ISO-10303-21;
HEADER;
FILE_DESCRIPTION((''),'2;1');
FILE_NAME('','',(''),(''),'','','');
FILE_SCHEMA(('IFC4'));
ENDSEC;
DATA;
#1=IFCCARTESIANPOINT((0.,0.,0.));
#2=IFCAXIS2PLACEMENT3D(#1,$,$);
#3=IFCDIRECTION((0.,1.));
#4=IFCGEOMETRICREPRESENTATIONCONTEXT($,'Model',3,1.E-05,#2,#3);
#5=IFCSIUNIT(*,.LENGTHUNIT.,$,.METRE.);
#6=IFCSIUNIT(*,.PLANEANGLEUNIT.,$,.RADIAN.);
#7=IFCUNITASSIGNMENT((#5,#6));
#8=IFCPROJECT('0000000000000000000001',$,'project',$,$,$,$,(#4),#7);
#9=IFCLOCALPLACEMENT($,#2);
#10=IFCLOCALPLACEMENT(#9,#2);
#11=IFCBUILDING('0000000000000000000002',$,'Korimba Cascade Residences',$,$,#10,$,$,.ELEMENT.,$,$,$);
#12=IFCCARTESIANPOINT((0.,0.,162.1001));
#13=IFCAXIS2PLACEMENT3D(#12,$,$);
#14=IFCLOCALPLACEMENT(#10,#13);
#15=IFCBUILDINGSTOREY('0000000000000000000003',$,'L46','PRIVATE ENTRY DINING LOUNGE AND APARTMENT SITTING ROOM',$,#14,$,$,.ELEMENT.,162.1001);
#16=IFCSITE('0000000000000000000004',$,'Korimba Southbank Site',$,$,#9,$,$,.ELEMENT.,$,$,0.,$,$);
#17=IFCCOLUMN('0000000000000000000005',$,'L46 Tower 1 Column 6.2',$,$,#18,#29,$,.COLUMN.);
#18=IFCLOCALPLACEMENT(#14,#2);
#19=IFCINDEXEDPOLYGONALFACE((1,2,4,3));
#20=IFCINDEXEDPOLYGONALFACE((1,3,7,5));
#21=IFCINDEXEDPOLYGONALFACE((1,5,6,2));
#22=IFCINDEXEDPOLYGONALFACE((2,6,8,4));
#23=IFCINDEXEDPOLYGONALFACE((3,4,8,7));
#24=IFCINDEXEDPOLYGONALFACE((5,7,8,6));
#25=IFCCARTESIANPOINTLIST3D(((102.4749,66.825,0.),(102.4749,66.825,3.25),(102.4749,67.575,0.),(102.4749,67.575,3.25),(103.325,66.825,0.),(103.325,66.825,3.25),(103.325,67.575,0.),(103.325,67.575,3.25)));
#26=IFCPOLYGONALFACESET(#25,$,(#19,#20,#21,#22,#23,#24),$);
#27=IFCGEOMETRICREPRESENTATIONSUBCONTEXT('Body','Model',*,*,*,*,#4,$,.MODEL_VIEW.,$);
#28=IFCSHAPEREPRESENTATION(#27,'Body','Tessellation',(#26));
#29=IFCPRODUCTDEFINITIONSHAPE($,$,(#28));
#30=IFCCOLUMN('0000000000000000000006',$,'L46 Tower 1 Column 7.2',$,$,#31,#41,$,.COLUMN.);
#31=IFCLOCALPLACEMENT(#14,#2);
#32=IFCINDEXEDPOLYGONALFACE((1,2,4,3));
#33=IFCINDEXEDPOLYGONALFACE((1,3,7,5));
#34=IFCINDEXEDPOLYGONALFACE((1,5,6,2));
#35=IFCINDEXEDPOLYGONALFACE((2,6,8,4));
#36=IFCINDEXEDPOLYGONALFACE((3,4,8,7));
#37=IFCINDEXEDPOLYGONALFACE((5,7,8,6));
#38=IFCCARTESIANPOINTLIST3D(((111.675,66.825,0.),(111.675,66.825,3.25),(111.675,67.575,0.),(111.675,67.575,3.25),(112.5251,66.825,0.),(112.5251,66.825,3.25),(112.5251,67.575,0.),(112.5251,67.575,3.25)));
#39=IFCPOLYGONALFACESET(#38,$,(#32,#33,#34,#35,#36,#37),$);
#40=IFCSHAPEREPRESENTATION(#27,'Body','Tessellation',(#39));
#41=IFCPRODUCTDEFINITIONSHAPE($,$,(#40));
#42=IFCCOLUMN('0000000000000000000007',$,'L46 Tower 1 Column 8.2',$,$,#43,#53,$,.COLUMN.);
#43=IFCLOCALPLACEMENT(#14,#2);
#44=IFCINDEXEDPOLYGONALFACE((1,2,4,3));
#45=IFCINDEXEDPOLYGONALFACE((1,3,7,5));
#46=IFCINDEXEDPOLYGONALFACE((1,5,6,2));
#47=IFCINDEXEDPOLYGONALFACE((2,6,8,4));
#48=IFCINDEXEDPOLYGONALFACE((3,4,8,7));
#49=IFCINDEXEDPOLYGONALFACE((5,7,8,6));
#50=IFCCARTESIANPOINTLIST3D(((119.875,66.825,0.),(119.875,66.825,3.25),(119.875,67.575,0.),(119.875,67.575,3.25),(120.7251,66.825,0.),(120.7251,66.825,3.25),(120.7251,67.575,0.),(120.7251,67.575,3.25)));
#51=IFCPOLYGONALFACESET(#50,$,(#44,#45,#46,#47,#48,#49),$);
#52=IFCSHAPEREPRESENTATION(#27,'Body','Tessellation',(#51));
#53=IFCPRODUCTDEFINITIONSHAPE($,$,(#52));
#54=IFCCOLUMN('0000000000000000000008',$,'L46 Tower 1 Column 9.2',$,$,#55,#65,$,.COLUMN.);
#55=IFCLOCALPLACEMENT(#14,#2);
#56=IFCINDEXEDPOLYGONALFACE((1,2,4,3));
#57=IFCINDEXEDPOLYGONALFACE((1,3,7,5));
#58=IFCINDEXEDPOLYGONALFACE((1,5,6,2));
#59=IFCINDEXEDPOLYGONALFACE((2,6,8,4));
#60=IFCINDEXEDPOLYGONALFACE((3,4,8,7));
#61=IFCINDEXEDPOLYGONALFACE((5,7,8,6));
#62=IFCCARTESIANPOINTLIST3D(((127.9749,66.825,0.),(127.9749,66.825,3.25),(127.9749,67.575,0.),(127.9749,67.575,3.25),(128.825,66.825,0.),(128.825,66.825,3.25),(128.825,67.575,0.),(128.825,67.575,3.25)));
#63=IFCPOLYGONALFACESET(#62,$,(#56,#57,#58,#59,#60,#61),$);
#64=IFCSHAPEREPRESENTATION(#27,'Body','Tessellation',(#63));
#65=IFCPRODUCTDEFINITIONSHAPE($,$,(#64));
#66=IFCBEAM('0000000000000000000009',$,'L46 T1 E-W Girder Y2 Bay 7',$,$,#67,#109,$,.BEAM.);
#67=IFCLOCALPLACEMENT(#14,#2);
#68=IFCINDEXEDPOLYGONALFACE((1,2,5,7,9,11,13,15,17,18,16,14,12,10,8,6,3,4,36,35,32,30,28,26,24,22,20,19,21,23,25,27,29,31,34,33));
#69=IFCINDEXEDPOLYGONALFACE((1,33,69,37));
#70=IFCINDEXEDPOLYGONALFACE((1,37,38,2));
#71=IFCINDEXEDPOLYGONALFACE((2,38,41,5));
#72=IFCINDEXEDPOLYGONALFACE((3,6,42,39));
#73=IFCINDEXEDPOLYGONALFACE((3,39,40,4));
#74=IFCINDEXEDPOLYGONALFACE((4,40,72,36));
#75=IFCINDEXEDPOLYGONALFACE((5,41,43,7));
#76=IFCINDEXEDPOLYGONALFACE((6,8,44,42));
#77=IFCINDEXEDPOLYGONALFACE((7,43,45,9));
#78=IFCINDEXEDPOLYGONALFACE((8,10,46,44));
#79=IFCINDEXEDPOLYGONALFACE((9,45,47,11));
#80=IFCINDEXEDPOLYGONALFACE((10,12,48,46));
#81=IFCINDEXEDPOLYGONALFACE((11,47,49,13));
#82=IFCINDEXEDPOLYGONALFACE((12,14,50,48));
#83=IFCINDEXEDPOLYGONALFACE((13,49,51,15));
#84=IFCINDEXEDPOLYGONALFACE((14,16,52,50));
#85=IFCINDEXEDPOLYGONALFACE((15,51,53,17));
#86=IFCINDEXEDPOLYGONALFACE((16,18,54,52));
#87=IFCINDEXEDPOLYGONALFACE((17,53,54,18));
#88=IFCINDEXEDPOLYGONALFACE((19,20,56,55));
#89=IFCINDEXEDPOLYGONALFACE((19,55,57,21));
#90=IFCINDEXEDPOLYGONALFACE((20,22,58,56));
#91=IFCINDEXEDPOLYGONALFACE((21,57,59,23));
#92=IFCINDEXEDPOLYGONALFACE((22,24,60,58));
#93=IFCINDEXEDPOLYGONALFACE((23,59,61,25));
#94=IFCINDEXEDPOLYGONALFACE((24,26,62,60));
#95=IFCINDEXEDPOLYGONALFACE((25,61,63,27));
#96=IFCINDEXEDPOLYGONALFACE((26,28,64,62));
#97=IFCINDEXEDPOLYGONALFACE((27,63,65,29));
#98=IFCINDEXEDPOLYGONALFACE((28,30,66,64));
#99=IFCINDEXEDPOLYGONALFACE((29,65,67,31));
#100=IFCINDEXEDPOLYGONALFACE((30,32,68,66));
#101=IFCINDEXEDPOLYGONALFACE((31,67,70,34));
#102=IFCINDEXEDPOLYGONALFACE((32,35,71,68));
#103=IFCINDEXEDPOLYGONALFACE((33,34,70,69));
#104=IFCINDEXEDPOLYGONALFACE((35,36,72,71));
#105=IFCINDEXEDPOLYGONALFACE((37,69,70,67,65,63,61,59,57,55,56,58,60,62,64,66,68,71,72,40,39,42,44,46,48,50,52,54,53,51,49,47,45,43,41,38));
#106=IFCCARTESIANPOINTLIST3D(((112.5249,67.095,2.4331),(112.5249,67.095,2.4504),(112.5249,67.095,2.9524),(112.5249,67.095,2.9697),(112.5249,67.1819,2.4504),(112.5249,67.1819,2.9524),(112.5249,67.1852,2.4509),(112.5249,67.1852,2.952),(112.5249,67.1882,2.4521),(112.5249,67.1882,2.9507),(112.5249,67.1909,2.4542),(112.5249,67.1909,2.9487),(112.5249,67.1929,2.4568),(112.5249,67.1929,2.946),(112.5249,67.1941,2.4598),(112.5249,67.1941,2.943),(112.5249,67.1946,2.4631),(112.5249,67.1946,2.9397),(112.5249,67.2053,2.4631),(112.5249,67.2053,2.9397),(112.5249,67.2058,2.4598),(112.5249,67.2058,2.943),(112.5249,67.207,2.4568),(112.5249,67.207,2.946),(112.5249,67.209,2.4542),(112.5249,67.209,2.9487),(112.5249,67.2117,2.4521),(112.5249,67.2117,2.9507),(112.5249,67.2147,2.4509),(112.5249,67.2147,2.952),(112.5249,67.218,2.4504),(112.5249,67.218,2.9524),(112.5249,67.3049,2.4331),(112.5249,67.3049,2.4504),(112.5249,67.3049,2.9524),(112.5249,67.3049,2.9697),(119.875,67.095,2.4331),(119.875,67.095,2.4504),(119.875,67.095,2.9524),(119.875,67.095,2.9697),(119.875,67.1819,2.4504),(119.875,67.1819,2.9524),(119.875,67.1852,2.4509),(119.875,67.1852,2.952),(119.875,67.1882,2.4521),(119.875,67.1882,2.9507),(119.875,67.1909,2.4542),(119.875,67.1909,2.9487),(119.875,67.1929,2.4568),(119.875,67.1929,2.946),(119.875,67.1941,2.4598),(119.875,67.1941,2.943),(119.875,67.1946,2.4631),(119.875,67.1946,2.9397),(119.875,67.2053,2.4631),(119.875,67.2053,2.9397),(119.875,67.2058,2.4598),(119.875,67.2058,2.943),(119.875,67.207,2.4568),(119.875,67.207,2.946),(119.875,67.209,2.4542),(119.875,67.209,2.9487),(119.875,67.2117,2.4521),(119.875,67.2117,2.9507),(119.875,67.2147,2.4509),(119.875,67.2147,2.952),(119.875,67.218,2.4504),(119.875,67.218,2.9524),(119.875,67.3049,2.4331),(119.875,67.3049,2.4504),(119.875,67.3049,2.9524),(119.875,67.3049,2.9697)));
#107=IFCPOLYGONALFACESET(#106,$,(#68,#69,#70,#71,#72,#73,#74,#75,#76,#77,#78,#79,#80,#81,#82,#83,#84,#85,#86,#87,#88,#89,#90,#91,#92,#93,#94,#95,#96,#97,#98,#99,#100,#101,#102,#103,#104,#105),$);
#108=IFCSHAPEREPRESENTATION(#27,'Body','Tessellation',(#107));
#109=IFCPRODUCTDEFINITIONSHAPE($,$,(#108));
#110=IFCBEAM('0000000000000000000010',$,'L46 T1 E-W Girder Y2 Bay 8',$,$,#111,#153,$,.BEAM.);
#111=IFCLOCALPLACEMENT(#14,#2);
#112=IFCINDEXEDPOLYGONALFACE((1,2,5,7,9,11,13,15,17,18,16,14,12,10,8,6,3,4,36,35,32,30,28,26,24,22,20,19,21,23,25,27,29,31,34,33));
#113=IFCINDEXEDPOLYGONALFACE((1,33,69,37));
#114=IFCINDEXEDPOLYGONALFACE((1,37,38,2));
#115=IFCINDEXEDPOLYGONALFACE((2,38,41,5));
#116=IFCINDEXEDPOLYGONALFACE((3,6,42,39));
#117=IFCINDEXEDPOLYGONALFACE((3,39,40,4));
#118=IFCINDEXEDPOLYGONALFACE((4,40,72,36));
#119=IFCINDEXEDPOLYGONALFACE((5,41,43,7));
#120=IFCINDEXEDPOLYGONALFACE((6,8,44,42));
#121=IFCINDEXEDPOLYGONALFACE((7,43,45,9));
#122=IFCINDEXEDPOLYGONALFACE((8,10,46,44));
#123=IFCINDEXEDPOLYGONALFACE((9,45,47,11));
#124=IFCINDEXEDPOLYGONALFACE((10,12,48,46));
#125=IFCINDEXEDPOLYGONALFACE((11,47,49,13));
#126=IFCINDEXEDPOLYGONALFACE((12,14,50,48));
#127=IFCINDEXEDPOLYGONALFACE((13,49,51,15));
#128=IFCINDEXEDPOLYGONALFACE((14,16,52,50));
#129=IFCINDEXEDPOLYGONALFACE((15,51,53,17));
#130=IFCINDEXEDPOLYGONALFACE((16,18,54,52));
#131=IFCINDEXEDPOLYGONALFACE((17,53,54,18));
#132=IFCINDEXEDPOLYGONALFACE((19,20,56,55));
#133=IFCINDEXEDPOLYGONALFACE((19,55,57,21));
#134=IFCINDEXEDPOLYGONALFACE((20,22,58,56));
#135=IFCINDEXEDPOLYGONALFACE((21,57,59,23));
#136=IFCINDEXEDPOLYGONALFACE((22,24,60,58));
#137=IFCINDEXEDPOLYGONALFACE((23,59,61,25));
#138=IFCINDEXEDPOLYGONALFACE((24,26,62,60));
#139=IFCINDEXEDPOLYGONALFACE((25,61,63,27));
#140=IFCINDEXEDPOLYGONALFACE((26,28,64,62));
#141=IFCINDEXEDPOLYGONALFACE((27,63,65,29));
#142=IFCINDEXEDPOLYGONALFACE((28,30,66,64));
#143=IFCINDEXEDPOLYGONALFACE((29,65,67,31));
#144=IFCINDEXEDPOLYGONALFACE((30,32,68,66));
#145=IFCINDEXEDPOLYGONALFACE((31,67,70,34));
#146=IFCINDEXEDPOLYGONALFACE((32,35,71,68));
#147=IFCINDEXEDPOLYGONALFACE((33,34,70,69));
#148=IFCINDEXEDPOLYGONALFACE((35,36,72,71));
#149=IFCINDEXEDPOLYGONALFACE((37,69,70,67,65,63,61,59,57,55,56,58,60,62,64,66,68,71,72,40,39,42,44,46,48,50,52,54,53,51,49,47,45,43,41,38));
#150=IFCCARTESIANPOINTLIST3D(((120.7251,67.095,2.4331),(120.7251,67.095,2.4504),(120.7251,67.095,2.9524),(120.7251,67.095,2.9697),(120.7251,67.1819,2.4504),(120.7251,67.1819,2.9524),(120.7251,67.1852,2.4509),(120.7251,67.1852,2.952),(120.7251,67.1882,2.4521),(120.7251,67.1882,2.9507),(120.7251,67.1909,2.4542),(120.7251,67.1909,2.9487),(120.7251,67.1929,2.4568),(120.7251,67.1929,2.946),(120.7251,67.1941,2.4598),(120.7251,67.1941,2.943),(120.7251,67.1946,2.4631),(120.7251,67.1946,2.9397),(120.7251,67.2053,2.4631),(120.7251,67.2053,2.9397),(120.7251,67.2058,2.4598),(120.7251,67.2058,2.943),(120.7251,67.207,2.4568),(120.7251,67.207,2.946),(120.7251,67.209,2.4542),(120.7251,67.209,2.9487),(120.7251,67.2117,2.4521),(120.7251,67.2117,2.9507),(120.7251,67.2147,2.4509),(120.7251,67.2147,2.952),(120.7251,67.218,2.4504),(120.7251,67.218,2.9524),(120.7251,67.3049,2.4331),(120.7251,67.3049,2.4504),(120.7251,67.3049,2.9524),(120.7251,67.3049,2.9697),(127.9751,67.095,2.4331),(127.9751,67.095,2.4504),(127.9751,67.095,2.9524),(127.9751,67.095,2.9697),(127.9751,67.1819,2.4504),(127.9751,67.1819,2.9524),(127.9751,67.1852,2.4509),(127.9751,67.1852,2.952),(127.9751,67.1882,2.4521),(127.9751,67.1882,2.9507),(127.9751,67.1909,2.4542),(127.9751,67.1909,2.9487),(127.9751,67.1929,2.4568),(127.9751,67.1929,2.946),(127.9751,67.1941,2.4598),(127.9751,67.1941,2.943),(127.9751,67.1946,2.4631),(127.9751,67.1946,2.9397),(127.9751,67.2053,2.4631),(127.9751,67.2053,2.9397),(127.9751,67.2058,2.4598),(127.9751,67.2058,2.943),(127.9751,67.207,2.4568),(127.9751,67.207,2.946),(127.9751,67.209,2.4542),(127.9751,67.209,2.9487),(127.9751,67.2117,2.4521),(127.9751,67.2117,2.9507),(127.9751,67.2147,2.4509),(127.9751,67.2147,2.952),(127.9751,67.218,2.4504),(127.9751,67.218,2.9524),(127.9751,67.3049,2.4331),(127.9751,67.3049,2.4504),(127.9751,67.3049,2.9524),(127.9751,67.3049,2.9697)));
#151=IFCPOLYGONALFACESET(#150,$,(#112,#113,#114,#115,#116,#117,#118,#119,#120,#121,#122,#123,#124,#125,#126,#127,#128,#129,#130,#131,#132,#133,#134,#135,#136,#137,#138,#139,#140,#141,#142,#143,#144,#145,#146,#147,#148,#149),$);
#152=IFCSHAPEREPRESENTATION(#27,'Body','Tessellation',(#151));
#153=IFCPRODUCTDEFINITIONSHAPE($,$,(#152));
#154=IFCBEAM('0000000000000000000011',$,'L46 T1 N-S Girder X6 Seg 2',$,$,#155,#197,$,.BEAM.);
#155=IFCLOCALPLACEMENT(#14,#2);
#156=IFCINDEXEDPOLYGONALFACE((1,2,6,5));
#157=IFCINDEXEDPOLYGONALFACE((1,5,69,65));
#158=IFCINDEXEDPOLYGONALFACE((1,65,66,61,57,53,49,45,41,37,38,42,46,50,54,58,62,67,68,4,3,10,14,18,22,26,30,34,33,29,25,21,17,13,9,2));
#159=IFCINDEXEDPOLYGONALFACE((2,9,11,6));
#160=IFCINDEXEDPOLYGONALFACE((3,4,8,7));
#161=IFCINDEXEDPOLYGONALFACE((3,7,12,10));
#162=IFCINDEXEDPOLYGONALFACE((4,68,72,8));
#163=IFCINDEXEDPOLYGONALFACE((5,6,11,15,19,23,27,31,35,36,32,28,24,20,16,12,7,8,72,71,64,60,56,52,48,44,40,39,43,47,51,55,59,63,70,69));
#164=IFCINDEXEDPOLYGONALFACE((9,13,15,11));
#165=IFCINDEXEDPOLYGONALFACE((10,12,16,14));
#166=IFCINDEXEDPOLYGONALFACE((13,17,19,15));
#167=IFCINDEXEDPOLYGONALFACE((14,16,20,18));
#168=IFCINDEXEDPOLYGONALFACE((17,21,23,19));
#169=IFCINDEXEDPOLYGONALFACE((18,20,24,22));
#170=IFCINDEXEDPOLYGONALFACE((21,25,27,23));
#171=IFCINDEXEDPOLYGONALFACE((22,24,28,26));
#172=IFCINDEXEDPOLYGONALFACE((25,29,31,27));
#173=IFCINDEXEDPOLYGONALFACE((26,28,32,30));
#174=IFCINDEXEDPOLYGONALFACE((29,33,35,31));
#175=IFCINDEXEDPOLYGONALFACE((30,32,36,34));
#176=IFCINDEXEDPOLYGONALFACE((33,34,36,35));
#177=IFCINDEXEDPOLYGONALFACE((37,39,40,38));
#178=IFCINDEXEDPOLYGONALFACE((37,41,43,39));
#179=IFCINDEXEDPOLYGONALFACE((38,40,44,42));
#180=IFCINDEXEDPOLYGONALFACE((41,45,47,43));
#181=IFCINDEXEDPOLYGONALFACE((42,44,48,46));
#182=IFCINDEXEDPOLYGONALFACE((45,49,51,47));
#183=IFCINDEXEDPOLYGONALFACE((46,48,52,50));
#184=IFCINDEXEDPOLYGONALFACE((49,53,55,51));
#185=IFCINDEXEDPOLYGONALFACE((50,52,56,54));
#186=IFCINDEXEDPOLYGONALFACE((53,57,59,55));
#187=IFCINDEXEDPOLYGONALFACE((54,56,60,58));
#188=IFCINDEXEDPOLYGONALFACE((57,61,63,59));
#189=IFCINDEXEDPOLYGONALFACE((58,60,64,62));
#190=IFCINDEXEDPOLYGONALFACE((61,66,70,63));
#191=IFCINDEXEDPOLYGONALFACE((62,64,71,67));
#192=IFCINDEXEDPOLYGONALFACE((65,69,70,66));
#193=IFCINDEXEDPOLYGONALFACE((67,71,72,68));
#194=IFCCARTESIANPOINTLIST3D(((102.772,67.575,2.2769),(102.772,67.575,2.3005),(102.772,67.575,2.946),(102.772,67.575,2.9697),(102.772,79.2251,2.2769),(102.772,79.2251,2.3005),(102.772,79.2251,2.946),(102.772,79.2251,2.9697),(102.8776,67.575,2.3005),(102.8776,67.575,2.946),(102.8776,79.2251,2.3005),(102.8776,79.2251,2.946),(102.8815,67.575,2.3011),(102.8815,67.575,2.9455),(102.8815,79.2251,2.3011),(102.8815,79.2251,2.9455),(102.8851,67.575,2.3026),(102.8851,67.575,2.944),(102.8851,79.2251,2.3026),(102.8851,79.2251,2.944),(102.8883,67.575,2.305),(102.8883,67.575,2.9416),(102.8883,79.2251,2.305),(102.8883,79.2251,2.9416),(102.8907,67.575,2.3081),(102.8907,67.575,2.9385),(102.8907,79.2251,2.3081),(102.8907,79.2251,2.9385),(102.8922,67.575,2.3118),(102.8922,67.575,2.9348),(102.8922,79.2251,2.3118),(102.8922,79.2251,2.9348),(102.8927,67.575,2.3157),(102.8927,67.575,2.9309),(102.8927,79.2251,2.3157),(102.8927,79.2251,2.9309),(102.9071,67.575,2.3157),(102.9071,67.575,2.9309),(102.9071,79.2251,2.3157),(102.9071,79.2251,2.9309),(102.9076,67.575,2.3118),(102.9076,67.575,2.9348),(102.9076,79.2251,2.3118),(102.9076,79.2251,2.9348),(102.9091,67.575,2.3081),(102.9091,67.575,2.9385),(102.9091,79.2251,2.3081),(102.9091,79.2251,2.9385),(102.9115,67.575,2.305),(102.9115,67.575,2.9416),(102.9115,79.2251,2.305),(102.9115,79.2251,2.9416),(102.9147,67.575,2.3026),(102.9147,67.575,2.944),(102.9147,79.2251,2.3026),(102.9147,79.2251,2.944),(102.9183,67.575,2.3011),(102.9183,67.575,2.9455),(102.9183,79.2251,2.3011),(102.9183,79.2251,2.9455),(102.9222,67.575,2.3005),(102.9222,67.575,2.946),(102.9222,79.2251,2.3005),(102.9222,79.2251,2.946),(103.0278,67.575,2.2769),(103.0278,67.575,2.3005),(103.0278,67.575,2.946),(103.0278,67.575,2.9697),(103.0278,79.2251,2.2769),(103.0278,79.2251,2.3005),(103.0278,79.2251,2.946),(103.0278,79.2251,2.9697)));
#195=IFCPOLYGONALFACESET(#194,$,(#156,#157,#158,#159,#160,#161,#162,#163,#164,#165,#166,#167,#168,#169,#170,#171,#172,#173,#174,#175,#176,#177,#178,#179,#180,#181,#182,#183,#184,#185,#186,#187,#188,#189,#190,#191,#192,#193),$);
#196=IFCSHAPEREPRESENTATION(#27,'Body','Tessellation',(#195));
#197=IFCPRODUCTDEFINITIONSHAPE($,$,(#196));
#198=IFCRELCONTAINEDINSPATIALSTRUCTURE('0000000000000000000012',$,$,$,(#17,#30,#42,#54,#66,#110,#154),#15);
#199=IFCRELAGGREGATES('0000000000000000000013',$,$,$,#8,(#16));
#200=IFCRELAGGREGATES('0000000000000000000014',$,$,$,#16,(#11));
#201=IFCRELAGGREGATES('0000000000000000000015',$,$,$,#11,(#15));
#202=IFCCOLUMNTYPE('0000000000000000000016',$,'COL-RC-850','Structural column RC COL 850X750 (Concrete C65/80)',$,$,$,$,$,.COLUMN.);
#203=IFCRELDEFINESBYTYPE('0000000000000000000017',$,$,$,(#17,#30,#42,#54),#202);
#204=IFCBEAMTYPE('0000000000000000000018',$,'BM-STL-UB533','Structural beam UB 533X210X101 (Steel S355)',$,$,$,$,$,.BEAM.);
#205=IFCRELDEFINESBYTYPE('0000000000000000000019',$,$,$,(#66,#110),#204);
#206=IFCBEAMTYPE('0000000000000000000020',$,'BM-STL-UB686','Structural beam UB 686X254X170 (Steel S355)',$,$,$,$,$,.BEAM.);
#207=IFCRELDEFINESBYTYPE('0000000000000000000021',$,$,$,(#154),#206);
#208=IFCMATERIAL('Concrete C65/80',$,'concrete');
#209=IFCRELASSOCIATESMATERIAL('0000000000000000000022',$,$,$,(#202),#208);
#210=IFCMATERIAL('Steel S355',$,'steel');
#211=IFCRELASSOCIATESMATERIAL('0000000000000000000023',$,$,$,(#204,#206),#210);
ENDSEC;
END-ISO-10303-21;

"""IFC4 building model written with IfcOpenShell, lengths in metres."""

from ifc_helpers import new_model, si_unit, direction, frame, origin, origin_2d, place, context, subcontext, project, spatial, rectangle, i_section, extrude, material, material_profile, profile_set, type_object, element, save


model = new_model("IFC4")

# Units and contexts
model_context = context("Model", 3, precision=1e-05, world=origin(), true_north=direction((0.0, 1.0)))
body_context = subcontext(model_context, "Body", "Model", "MODEL_VIEW")
ifc_project = project(units=[si_unit("LENGTHUNIT", "METRE"), si_unit("PLANEANGLEUNIT", "RADIAN")], contexts=[model_context])

# Site, building, storey
site_placement = place(None, origin())
site = spatial("IfcSite", under=ifc_project, at=site_placement, Name="Korimba Southbank Site", CompositionType="ELEMENT", RefElevation=0.0)
building_placement = place(site_placement, origin())
building = spatial("IfcBuilding", under=site, at=building_placement, Name="Korimba Cascade Residences", CompositionType="ELEMENT")
storey_placement = place(building_placement, frame((0.0, 0.0, 162.1001)))
storey = spatial("IfcBuildingStorey", under=building, at=storey_placement, Name="L46", Description="PRIVATE ENTRY DINING LOUNGE AND APARTMENT SITTING ROOM", CompositionType="ELEMENT", Elevation=162.1001)

# Columns
ifc_material_1 = material(Name="Concrete C65/80", Category="concrete")
ifc_material_profile_1 = material_profile(ifc_material_1, rectangle(XDim=0.8501, YDim=0.75, at=origin_2d()), Name="Concrete C65/80")
ifc_profile_set_1 = profile_set([ifc_material_profile_1], Name="Concrete C65/80")
column_type = type_object("IfcColumnType", Name="COL-RC-850", Description="Structural column RC COL 850X750 (Concrete C65/80)", PredefinedType="COLUMN", material=ifc_profile_set_1)
for number, where, z_axis, x_axis, name in (
    (1, (102.8999, 67.2, 0.0), (0.0, 0.0, 1.0), (1.0, 0.0, 0.0), "L46 Tower 1 Column 6.2"),
    (2, (112.1001, 67.2, 0.0), (0.0, 0.0, 1.0), (1.0, 0.0, 0.0), "L46 Tower 1 Column 7.2"),
    (3, (120.3, 67.2, 0.0), (0.0, 0.0, 1.0), (1.0, 0.0, 0.0), "L46 Tower 1 Column 8.2"),
    (4, (128.3999, 67.2, 0.0), (0.0, 0.0, 1.0), (1.0, 0.0, 0.0), "L46 Tower 1 Column 9.2"),
):
    element("IfcColumn", number, at=place(storey_placement, frame(where, z_axis=z_axis, x_axis=x_axis)), inside=storey, type_object=column_type, Name=name, PredefinedType="COLUMN", context=body_context, shape_type="SweptSolid", body=[
        extrude(rectangle(XDim=0.8501, YDim=0.75, at=origin_2d()), origin(), (0.0, 0.0, 1.0), 3.25),
    ])

# Beams
ifc_material_2 = material(Name="Steel S355", Category="steel")
ifc_material_profile_2 = material_profile(ifc_material_2, i_section(OverallWidth=0.21, OverallDepth=0.5366, WebThickness=0.0107, FlangeThickness=0.0173, FilletRadius=0.0127, at=origin_2d()), Name="Steel S355")
ifc_profile_set_2 = profile_set([ifc_material_profile_2], Name="Steel S355")
beam_type_1 = type_object("IfcBeamType", Name="BM-STL-UB533", Description="Structural beam UB 533X210X101 (Steel S355)", PredefinedType="BEAM", material=ifc_profile_set_2)
beam_1_placement = place(storey_placement, frame((112.5249, 67.2, 2.7014), z_axis=(1.0, 0.0, 0.0), x_axis=(0.0, 1.0, 0.0)))
element("IfcBeam", 5, at=beam_1_placement, inside=storey, type_object=beam_type_1, Name="L46 T1 E-W Girder Y2 Bay 7", PredefinedType="BEAM", context=body_context, shape_type="SweptSolid", body=[
    extrude(i_section(OverallWidth=0.21, OverallDepth=0.5366, WebThickness=0.0107, FlangeThickness=0.0173, FilletRadius=0.0127, at=origin_2d()), origin(), (0.0, 0.0, 1.0), 7.3501),
])
beam_2_placement = place(storey_placement, frame((120.7251, 67.2, 2.7014), z_axis=(1.0, 0.0, 0.0), x_axis=(0.0, 1.0, 0.0)))
element("IfcBeam", 6, at=beam_2_placement, inside=storey, type_object=beam_type_1, Name="L46 T1 E-W Girder Y2 Bay 8", PredefinedType="BEAM", context=body_context, shape_type="SweptSolid", body=[
    extrude(i_section(OverallWidth=0.21, OverallDepth=0.5366, WebThickness=0.0107, FlangeThickness=0.0173, FilletRadius=0.0127, at=origin_2d()), origin(), (0.0, 0.0, 1.0), 7.25),
])
ifc_material_profile_3 = material_profile(ifc_material_2, i_section(OverallWidth=0.2559, OverallDepth=0.6929, WebThickness=0.0144, FlangeThickness=0.0237, FilletRadius=0.0151, at=origin_2d()), Name="Steel S355")
ifc_profile_set_3 = profile_set([ifc_material_profile_3], Name="Steel S355")
beam_type_2 = type_object("IfcBeamType", Name="BM-STL-UB686", Description="Structural beam UB 686X254X170 (Steel S355)", PredefinedType="BEAM", material=ifc_profile_set_3)
beam_3_placement = place(storey_placement, frame((102.8999, 67.575, 2.6233), z_axis=(0.0, 1.0, 0.0), x_axis=(-1.0, 0.0, 0.0)))
element("IfcBeam", 7, at=beam_3_placement, inside=storey, type_object=beam_type_2, Name="L46 T1 N-S Girder X6 Seg 2", PredefinedType="BEAM", context=body_context, shape_type="SweptSolid", body=[
    extrude(i_section(OverallWidth=0.2559, OverallDepth=0.6929, WebThickness=0.0144, FlangeThickness=0.0237, FilletRadius=0.0151, at=origin_2d()), origin(), (0.0, 0.0, 1.0), 11.6501),
])

save(model, "model.ifc")
